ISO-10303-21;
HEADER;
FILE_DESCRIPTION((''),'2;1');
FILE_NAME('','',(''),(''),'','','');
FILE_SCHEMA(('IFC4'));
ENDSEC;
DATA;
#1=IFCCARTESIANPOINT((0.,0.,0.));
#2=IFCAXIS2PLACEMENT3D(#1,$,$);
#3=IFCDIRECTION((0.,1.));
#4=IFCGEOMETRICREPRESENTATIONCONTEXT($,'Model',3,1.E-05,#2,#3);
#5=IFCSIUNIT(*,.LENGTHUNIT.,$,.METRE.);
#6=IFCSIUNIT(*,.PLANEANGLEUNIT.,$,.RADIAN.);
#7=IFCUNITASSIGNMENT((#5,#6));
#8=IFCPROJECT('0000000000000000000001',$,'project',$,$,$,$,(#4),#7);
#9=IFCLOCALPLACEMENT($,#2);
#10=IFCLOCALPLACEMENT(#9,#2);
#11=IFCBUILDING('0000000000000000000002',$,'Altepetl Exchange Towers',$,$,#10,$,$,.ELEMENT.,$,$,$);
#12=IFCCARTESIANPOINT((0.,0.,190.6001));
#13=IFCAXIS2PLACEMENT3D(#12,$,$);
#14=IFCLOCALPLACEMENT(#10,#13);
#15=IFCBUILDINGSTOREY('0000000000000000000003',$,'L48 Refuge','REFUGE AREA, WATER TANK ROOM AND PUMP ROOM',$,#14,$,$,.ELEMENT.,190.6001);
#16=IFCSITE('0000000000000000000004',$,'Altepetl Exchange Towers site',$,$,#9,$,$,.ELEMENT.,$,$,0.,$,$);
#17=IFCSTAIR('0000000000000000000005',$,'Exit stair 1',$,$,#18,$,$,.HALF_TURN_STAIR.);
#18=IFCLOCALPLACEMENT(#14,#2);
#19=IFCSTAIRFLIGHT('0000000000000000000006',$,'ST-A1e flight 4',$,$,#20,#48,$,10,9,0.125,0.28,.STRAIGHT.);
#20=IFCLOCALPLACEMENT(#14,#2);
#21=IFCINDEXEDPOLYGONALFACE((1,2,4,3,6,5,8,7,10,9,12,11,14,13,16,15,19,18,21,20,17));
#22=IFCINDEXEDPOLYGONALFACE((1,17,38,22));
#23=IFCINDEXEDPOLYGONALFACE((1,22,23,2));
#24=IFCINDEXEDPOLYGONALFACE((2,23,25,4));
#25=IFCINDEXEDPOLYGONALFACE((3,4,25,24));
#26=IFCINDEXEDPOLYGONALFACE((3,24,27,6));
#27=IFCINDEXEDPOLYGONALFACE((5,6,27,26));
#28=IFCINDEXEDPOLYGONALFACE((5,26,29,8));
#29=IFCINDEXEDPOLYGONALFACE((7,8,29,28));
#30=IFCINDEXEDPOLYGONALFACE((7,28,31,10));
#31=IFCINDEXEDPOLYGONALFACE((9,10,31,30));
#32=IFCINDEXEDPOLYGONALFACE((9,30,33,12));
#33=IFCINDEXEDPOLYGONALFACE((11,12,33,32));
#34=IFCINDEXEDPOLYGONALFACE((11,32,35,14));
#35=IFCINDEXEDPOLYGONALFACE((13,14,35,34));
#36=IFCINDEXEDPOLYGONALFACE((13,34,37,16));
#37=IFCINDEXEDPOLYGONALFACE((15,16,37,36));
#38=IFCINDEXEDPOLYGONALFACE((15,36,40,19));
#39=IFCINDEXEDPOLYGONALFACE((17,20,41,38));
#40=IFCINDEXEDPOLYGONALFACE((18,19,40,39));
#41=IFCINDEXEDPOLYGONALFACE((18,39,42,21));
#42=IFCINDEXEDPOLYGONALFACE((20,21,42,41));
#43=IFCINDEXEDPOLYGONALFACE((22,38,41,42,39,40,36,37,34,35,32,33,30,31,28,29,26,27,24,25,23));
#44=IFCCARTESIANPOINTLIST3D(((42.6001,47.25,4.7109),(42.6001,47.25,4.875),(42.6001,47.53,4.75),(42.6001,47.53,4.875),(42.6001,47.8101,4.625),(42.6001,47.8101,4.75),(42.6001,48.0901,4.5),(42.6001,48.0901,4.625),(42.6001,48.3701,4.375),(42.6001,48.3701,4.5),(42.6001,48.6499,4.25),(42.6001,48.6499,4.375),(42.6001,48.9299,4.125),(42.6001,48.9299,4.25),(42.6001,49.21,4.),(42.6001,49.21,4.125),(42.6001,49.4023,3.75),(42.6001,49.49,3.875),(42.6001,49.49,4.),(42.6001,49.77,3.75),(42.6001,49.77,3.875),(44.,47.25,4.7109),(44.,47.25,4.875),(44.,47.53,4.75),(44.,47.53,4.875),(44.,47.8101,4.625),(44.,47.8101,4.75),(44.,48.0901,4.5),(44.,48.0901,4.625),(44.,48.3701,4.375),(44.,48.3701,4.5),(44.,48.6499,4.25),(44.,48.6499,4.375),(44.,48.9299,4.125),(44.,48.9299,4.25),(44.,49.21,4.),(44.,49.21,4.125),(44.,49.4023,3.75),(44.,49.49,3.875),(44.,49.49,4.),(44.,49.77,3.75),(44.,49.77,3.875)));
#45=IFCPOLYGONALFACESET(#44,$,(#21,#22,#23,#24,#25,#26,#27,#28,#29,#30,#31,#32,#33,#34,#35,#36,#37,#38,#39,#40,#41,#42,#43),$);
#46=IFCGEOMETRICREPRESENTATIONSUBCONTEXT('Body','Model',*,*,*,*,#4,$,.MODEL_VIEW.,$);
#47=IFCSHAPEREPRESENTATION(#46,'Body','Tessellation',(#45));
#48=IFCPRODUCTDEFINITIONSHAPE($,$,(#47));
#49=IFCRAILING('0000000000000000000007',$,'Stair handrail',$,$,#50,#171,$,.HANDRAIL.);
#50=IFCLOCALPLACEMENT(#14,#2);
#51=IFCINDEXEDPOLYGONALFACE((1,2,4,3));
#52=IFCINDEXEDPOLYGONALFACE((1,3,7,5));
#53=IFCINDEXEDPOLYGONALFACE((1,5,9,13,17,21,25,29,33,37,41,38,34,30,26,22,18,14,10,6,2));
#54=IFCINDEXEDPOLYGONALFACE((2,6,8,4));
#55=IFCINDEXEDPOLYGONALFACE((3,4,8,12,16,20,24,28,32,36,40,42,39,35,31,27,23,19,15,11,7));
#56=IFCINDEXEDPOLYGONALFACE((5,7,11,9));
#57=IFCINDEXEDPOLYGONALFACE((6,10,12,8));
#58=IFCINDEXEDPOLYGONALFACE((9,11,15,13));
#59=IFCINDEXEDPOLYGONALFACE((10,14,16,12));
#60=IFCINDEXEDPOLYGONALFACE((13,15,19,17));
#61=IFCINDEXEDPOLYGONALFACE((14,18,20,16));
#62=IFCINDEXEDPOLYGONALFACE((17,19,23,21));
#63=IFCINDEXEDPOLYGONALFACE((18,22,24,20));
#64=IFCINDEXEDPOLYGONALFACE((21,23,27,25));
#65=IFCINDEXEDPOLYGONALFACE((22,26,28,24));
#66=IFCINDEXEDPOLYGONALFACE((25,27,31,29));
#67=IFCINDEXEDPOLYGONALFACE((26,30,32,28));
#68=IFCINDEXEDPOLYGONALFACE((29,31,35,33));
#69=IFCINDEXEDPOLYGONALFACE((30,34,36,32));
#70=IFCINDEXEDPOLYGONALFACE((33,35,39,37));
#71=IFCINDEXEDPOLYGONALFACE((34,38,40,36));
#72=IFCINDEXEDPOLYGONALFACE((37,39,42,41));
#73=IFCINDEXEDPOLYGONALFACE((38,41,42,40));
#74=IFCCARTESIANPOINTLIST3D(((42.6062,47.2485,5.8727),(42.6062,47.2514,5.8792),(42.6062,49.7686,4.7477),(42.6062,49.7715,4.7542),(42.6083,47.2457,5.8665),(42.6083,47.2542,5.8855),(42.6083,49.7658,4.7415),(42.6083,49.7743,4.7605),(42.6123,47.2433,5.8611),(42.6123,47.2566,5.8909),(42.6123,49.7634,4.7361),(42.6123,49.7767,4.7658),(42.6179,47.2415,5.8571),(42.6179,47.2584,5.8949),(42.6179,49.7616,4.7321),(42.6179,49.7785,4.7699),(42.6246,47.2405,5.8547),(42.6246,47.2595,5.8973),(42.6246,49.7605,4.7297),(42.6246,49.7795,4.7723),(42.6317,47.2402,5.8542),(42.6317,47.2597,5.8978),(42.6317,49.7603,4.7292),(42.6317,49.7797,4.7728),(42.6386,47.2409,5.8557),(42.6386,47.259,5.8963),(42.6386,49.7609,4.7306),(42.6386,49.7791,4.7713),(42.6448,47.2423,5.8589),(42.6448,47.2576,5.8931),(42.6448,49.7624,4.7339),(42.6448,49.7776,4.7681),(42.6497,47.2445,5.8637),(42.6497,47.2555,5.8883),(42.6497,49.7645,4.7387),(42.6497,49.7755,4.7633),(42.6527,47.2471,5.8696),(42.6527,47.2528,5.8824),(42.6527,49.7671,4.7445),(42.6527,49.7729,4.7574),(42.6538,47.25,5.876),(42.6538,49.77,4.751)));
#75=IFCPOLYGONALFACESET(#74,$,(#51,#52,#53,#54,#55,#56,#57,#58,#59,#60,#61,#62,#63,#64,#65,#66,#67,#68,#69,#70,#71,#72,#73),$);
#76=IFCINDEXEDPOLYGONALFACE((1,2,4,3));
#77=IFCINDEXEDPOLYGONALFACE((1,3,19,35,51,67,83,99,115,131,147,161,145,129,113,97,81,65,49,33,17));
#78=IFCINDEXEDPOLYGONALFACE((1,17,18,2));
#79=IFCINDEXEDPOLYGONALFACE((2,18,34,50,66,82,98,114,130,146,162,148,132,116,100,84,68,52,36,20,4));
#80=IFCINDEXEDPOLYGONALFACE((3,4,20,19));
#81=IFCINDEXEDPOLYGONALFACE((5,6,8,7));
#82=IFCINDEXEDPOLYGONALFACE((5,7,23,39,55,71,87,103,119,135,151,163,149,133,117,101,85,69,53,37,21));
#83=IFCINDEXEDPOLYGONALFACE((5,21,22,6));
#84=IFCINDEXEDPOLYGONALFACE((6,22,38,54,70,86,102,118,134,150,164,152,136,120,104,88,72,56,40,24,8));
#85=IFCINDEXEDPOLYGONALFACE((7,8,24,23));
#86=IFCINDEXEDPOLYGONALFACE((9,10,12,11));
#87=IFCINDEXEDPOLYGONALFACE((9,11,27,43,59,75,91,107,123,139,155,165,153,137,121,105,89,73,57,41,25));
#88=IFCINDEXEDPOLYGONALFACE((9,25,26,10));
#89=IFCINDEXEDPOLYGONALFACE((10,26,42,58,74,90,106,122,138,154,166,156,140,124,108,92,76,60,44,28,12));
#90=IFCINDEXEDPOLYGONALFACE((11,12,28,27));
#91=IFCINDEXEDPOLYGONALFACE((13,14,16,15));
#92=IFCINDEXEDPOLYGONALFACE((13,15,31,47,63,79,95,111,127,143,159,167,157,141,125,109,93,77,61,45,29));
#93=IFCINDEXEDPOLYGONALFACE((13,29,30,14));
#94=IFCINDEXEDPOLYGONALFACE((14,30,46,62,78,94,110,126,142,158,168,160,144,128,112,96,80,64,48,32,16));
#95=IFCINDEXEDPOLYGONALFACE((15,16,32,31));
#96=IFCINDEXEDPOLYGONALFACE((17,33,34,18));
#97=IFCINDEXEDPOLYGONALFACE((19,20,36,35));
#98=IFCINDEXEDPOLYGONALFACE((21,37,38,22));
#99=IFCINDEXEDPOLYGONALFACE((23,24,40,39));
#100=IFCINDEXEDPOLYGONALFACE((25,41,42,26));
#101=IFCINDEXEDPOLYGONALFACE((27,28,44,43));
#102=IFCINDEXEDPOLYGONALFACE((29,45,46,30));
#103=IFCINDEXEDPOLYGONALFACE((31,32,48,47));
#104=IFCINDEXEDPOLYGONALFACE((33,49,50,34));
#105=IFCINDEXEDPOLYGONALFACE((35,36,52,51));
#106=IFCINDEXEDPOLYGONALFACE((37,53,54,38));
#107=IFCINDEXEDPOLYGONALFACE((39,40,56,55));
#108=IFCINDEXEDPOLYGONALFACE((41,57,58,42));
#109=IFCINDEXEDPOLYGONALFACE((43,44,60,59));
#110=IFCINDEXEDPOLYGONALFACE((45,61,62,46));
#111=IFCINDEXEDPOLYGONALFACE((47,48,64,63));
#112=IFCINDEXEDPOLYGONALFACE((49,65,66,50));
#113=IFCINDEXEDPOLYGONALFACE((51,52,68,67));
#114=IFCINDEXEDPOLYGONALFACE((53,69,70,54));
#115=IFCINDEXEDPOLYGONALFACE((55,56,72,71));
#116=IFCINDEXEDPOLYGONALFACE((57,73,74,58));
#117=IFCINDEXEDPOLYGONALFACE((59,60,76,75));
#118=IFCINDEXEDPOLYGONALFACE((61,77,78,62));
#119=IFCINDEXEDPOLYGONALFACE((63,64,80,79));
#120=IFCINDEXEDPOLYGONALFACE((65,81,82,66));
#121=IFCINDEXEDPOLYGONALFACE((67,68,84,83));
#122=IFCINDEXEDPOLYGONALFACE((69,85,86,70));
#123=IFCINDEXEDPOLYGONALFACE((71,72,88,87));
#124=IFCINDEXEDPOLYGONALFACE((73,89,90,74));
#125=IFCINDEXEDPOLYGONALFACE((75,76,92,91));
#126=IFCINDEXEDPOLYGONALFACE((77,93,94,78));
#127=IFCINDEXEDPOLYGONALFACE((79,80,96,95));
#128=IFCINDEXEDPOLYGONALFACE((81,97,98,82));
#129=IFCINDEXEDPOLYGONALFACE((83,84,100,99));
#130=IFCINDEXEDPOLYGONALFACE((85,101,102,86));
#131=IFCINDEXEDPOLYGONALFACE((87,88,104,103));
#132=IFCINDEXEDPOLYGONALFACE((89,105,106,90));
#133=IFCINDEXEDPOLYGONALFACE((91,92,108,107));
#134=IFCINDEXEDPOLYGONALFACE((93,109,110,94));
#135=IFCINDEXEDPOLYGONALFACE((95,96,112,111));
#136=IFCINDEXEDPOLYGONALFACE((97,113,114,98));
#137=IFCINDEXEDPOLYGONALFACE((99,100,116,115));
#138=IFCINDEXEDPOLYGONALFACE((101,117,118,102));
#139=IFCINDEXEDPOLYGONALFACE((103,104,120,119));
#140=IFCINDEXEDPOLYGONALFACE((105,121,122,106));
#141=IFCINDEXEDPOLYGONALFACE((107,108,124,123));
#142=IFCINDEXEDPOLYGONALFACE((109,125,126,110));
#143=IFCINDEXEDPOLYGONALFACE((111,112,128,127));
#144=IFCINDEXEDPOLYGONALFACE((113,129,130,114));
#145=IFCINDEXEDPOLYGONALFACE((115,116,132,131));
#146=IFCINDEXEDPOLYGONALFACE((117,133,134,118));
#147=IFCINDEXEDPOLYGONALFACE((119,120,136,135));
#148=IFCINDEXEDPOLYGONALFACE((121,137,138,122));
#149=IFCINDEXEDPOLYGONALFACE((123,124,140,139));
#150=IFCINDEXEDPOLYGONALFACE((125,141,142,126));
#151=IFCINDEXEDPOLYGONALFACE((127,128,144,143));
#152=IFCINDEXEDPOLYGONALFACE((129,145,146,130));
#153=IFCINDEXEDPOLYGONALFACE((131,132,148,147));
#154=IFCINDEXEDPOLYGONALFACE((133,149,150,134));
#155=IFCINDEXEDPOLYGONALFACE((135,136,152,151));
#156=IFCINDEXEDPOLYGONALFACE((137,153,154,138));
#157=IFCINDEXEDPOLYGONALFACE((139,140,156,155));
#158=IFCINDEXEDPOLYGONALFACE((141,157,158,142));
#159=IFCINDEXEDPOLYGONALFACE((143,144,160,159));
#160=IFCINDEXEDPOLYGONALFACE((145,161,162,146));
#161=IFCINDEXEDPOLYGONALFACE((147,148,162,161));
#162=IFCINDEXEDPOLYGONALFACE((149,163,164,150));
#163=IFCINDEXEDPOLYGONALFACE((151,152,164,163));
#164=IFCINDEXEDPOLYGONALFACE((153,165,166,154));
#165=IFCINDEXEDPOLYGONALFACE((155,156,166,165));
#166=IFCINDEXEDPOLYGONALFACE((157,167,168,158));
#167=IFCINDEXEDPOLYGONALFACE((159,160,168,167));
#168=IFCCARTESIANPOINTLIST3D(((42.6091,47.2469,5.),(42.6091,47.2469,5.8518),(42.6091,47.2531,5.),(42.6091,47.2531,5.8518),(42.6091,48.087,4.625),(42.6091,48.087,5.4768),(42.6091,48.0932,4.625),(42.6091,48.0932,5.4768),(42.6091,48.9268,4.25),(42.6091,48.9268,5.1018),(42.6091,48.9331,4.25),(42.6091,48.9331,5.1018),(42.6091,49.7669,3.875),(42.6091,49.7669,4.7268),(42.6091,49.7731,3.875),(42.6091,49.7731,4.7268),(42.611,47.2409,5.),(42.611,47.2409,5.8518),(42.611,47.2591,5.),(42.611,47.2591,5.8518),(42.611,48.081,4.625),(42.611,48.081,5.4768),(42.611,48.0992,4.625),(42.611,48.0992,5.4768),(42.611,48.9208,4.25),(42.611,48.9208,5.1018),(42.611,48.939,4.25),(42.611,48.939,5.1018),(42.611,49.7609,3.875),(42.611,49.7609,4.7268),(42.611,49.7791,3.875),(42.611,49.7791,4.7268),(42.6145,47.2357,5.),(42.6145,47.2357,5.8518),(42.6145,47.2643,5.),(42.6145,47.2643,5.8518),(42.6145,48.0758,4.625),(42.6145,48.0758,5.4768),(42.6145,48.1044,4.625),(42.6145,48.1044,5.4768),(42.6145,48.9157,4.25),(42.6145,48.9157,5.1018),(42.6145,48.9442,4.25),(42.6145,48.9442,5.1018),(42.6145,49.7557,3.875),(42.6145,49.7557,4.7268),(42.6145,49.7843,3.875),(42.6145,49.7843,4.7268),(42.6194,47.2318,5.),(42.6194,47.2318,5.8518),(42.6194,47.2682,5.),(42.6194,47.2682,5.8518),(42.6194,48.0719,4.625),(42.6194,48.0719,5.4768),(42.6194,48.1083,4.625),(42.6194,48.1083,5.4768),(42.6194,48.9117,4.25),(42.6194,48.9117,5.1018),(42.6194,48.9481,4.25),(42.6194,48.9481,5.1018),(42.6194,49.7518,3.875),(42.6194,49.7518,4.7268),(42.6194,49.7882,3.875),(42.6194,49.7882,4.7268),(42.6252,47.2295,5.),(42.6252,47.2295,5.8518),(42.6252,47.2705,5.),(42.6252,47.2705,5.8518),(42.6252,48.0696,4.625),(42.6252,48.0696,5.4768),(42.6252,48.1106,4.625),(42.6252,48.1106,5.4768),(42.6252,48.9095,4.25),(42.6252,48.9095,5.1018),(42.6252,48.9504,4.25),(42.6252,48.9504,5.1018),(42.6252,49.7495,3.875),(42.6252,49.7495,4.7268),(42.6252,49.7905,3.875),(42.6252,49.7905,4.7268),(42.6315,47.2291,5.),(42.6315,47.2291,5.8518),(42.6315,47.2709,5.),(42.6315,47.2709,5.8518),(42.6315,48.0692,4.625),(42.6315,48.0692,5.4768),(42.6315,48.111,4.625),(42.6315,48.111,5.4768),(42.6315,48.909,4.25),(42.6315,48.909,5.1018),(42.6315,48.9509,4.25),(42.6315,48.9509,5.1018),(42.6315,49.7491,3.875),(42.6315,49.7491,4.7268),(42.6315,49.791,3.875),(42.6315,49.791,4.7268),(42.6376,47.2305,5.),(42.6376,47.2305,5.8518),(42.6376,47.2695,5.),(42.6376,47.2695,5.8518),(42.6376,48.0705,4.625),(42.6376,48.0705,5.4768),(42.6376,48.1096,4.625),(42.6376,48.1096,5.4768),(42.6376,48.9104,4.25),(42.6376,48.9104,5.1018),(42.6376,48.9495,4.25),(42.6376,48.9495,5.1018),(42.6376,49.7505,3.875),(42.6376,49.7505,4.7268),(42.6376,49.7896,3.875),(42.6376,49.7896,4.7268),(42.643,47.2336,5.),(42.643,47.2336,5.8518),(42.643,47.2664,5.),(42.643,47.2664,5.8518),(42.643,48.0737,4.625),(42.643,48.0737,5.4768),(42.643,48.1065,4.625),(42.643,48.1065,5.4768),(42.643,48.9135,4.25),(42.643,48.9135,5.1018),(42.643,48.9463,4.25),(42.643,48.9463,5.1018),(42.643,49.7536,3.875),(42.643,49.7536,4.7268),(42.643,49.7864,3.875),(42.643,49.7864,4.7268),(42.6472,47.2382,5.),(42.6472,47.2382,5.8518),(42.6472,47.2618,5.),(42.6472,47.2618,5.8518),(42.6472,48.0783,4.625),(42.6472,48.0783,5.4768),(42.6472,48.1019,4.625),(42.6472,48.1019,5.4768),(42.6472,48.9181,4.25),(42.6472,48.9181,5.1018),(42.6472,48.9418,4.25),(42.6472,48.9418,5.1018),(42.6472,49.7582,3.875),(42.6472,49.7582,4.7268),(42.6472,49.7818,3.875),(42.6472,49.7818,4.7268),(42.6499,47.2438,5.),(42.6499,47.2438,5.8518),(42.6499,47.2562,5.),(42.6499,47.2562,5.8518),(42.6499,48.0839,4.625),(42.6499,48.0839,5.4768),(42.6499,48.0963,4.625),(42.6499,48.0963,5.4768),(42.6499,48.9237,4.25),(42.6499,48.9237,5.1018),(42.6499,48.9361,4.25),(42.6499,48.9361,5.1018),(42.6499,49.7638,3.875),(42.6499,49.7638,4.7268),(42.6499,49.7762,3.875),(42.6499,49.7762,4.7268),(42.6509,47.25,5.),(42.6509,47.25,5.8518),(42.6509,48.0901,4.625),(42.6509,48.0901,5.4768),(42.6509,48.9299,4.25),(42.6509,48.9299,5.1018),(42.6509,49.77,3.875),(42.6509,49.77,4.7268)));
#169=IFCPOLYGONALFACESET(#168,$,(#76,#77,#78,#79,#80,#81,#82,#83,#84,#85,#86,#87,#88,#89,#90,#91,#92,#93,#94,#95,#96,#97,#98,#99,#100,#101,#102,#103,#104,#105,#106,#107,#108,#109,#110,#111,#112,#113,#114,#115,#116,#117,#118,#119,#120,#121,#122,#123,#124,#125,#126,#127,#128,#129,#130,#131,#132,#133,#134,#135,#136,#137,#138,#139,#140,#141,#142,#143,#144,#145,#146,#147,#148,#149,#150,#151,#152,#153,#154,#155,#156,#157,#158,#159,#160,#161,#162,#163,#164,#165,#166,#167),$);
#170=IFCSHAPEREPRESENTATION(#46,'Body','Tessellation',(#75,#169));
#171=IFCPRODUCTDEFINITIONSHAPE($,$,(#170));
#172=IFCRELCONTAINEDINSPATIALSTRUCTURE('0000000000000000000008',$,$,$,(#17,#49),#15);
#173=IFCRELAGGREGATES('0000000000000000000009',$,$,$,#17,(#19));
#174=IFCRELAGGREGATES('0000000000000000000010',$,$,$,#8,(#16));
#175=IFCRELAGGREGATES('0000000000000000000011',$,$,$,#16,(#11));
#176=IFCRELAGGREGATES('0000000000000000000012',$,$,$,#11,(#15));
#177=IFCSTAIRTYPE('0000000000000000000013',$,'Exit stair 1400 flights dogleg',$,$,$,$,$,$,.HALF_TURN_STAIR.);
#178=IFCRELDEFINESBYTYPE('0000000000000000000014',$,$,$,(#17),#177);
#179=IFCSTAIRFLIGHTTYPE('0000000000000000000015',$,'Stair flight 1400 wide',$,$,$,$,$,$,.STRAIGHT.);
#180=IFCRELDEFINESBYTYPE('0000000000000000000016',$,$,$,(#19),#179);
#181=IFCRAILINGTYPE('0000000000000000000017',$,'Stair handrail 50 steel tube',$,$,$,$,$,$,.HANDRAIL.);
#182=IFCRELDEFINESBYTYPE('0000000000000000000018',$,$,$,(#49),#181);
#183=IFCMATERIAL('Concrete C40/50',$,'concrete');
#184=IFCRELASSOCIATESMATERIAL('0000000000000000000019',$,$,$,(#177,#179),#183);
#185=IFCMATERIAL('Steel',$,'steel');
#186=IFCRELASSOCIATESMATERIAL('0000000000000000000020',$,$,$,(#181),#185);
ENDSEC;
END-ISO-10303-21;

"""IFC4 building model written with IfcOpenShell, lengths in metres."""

from ifc_helpers import new_model, si_unit, direction, frame, origin, origin_2d, place, context, subcontext, project, spatial, polyline, circle, outline, extrude, source, transform, mapped, material, type_object, element, aggregate, save


model = new_model("IFC4")

# Units and contexts
model_context = context("Model", 3, precision=1e-05, world=origin(), true_north=direction((0.0, 1.0)))
body_context = subcontext(model_context, "Body", "Model", "MODEL_VIEW")
ifc_project = project(units=[si_unit("LENGTHUNIT", "METRE"), si_unit("PLANEANGLEUNIT", "RADIAN")], contexts=[model_context])

# Site, building, storey
site_placement = place(None, origin())
site = spatial("IfcSite", under=ifc_project, at=site_placement, Name="Altepetl Exchange Towers site", CompositionType="ELEMENT", RefElevation=0.0)
building_placement = place(site_placement, origin())
building = spatial("IfcBuilding", under=site, at=building_placement, Name="Altepetl Exchange Towers", CompositionType="ELEMENT")
storey_placement = place(building_placement, frame((0.0, 0.0, 190.6001)))
storey = spatial("IfcBuildingStorey", under=building, at=storey_placement, Name="L48 Refuge", Description="REFUGE AREA, WATER TANK ROOM AND PUMP ROOM", CompositionType="ELEMENT", Elevation=190.6001)

# Shared definitions
ifc_material_1 = material(Name="Concrete C40/50", Category="concrete")

# Stair, stair flight
stair_type = type_object("IfcStairType", Name="Exit stair 1400 flights dogleg", PredefinedType="HALF_TURN_STAIR", material=ifc_material_1)
stair_placement = place(storey_placement, origin())
stair = element("IfcStair", 1, at=stair_placement, inside=storey, type_object=stair_type, Name="Exit stair 1", PredefinedType="HALF_TURN_STAIR")
stair_flight_type = type_object("IfcStairFlightType", Name="Stair flight 1400 wide", PredefinedType="STRAIGHT", material=ifc_material_1)
stair_flight_1_placement = place(storey_placement, frame((43.3, 49.77, 3.75), z_axis=(0.0, 0.0, 1.0), x_axis=(0.0, -1.0, 0.0)))
stair_flight_1 = element("IfcStairFlight", 2, at=stair_flight_1_placement, type_object=stair_flight_type, Name="ST-A1e flight 4", NumberOfRisers=10, NumberOfTreads=9, PredefinedType="STRAIGHT", RiserHeight=0.125, TreadLength=0.28, context=body_context, shape_type="SweptSolid", body=[
    extrude(outline(polyline([(0.0, 0.0), (0.0, 0.125), (0.28, 0.125), (0.28, 0.25), (0.5601, 0.25), (0.5601, 0.375), (0.8401, 0.375), (0.8401, 0.5), (1.1201, 0.5), (1.1201, 0.625), (1.3999, 0.625), (1.3999, 0.75), (1.6799, 0.75), (1.6799, 0.875), (1.96, 0.875), (1.96, 1.0), (2.24, 1.0), (2.24, 1.125), (2.52, 1.125), (2.52, 1.25), (2.52, 0.9609), (0.3677, 0.0), (0.0, 0.0)])), frame((0.0, 0.7, 0.0), z_axis=(0.0, -1.0, 0.0), x_axis=(1.0, 0.0, 0.0)), (0.0, 0.0, 1.0), 1.3999),
])
aggregate(stair, [stair_flight_1])

# Railing
ifc_material_2 = material(Name="Steel", Category="steel")
railing_type = type_object("IfcRailingType", Name="Stair handrail 50 steel tube", PredefinedType="HANDRAIL", material=ifc_material_2)
shared_shape = source(origin(), body_context, "Body", "SweptSolid", [
    extrude(circle(Radius=0.021, at=origin_2d()), origin(), (0.0, 0.0, 1.0), 0.8518),
])
railing_placement = place(storey_placement, frame((42.6299, 49.77, 3.875)))
element("IfcRailing", 3, at=railing_placement, inside=storey, type_object=railing_type, Name="Stair handrail", PredefinedType="HANDRAIL", context=body_context, shape_type="SweptSolid", body=[
    extrude(circle(Radius=0.0239, at=origin_2d()), frame((0.0, 0.0, 0.876), z_axis=(0.0, -0.913139, 0.407648), x_axis=(1.0, 0.0, 0.0)), (0.0, 0.0, 1.0), 2.7598),
    mapped(shared_shape, transform((0.0, 0.0, 0.0))),
    mapped(shared_shape, transform((0.0, -0.8401, 0.375))),
    mapped(shared_shape, transform((0.0, -1.6799, 0.75))),
    mapped(shared_shape, transform((0.0, -2.52, 1.125))),
])

save(model, "model.ifc")
